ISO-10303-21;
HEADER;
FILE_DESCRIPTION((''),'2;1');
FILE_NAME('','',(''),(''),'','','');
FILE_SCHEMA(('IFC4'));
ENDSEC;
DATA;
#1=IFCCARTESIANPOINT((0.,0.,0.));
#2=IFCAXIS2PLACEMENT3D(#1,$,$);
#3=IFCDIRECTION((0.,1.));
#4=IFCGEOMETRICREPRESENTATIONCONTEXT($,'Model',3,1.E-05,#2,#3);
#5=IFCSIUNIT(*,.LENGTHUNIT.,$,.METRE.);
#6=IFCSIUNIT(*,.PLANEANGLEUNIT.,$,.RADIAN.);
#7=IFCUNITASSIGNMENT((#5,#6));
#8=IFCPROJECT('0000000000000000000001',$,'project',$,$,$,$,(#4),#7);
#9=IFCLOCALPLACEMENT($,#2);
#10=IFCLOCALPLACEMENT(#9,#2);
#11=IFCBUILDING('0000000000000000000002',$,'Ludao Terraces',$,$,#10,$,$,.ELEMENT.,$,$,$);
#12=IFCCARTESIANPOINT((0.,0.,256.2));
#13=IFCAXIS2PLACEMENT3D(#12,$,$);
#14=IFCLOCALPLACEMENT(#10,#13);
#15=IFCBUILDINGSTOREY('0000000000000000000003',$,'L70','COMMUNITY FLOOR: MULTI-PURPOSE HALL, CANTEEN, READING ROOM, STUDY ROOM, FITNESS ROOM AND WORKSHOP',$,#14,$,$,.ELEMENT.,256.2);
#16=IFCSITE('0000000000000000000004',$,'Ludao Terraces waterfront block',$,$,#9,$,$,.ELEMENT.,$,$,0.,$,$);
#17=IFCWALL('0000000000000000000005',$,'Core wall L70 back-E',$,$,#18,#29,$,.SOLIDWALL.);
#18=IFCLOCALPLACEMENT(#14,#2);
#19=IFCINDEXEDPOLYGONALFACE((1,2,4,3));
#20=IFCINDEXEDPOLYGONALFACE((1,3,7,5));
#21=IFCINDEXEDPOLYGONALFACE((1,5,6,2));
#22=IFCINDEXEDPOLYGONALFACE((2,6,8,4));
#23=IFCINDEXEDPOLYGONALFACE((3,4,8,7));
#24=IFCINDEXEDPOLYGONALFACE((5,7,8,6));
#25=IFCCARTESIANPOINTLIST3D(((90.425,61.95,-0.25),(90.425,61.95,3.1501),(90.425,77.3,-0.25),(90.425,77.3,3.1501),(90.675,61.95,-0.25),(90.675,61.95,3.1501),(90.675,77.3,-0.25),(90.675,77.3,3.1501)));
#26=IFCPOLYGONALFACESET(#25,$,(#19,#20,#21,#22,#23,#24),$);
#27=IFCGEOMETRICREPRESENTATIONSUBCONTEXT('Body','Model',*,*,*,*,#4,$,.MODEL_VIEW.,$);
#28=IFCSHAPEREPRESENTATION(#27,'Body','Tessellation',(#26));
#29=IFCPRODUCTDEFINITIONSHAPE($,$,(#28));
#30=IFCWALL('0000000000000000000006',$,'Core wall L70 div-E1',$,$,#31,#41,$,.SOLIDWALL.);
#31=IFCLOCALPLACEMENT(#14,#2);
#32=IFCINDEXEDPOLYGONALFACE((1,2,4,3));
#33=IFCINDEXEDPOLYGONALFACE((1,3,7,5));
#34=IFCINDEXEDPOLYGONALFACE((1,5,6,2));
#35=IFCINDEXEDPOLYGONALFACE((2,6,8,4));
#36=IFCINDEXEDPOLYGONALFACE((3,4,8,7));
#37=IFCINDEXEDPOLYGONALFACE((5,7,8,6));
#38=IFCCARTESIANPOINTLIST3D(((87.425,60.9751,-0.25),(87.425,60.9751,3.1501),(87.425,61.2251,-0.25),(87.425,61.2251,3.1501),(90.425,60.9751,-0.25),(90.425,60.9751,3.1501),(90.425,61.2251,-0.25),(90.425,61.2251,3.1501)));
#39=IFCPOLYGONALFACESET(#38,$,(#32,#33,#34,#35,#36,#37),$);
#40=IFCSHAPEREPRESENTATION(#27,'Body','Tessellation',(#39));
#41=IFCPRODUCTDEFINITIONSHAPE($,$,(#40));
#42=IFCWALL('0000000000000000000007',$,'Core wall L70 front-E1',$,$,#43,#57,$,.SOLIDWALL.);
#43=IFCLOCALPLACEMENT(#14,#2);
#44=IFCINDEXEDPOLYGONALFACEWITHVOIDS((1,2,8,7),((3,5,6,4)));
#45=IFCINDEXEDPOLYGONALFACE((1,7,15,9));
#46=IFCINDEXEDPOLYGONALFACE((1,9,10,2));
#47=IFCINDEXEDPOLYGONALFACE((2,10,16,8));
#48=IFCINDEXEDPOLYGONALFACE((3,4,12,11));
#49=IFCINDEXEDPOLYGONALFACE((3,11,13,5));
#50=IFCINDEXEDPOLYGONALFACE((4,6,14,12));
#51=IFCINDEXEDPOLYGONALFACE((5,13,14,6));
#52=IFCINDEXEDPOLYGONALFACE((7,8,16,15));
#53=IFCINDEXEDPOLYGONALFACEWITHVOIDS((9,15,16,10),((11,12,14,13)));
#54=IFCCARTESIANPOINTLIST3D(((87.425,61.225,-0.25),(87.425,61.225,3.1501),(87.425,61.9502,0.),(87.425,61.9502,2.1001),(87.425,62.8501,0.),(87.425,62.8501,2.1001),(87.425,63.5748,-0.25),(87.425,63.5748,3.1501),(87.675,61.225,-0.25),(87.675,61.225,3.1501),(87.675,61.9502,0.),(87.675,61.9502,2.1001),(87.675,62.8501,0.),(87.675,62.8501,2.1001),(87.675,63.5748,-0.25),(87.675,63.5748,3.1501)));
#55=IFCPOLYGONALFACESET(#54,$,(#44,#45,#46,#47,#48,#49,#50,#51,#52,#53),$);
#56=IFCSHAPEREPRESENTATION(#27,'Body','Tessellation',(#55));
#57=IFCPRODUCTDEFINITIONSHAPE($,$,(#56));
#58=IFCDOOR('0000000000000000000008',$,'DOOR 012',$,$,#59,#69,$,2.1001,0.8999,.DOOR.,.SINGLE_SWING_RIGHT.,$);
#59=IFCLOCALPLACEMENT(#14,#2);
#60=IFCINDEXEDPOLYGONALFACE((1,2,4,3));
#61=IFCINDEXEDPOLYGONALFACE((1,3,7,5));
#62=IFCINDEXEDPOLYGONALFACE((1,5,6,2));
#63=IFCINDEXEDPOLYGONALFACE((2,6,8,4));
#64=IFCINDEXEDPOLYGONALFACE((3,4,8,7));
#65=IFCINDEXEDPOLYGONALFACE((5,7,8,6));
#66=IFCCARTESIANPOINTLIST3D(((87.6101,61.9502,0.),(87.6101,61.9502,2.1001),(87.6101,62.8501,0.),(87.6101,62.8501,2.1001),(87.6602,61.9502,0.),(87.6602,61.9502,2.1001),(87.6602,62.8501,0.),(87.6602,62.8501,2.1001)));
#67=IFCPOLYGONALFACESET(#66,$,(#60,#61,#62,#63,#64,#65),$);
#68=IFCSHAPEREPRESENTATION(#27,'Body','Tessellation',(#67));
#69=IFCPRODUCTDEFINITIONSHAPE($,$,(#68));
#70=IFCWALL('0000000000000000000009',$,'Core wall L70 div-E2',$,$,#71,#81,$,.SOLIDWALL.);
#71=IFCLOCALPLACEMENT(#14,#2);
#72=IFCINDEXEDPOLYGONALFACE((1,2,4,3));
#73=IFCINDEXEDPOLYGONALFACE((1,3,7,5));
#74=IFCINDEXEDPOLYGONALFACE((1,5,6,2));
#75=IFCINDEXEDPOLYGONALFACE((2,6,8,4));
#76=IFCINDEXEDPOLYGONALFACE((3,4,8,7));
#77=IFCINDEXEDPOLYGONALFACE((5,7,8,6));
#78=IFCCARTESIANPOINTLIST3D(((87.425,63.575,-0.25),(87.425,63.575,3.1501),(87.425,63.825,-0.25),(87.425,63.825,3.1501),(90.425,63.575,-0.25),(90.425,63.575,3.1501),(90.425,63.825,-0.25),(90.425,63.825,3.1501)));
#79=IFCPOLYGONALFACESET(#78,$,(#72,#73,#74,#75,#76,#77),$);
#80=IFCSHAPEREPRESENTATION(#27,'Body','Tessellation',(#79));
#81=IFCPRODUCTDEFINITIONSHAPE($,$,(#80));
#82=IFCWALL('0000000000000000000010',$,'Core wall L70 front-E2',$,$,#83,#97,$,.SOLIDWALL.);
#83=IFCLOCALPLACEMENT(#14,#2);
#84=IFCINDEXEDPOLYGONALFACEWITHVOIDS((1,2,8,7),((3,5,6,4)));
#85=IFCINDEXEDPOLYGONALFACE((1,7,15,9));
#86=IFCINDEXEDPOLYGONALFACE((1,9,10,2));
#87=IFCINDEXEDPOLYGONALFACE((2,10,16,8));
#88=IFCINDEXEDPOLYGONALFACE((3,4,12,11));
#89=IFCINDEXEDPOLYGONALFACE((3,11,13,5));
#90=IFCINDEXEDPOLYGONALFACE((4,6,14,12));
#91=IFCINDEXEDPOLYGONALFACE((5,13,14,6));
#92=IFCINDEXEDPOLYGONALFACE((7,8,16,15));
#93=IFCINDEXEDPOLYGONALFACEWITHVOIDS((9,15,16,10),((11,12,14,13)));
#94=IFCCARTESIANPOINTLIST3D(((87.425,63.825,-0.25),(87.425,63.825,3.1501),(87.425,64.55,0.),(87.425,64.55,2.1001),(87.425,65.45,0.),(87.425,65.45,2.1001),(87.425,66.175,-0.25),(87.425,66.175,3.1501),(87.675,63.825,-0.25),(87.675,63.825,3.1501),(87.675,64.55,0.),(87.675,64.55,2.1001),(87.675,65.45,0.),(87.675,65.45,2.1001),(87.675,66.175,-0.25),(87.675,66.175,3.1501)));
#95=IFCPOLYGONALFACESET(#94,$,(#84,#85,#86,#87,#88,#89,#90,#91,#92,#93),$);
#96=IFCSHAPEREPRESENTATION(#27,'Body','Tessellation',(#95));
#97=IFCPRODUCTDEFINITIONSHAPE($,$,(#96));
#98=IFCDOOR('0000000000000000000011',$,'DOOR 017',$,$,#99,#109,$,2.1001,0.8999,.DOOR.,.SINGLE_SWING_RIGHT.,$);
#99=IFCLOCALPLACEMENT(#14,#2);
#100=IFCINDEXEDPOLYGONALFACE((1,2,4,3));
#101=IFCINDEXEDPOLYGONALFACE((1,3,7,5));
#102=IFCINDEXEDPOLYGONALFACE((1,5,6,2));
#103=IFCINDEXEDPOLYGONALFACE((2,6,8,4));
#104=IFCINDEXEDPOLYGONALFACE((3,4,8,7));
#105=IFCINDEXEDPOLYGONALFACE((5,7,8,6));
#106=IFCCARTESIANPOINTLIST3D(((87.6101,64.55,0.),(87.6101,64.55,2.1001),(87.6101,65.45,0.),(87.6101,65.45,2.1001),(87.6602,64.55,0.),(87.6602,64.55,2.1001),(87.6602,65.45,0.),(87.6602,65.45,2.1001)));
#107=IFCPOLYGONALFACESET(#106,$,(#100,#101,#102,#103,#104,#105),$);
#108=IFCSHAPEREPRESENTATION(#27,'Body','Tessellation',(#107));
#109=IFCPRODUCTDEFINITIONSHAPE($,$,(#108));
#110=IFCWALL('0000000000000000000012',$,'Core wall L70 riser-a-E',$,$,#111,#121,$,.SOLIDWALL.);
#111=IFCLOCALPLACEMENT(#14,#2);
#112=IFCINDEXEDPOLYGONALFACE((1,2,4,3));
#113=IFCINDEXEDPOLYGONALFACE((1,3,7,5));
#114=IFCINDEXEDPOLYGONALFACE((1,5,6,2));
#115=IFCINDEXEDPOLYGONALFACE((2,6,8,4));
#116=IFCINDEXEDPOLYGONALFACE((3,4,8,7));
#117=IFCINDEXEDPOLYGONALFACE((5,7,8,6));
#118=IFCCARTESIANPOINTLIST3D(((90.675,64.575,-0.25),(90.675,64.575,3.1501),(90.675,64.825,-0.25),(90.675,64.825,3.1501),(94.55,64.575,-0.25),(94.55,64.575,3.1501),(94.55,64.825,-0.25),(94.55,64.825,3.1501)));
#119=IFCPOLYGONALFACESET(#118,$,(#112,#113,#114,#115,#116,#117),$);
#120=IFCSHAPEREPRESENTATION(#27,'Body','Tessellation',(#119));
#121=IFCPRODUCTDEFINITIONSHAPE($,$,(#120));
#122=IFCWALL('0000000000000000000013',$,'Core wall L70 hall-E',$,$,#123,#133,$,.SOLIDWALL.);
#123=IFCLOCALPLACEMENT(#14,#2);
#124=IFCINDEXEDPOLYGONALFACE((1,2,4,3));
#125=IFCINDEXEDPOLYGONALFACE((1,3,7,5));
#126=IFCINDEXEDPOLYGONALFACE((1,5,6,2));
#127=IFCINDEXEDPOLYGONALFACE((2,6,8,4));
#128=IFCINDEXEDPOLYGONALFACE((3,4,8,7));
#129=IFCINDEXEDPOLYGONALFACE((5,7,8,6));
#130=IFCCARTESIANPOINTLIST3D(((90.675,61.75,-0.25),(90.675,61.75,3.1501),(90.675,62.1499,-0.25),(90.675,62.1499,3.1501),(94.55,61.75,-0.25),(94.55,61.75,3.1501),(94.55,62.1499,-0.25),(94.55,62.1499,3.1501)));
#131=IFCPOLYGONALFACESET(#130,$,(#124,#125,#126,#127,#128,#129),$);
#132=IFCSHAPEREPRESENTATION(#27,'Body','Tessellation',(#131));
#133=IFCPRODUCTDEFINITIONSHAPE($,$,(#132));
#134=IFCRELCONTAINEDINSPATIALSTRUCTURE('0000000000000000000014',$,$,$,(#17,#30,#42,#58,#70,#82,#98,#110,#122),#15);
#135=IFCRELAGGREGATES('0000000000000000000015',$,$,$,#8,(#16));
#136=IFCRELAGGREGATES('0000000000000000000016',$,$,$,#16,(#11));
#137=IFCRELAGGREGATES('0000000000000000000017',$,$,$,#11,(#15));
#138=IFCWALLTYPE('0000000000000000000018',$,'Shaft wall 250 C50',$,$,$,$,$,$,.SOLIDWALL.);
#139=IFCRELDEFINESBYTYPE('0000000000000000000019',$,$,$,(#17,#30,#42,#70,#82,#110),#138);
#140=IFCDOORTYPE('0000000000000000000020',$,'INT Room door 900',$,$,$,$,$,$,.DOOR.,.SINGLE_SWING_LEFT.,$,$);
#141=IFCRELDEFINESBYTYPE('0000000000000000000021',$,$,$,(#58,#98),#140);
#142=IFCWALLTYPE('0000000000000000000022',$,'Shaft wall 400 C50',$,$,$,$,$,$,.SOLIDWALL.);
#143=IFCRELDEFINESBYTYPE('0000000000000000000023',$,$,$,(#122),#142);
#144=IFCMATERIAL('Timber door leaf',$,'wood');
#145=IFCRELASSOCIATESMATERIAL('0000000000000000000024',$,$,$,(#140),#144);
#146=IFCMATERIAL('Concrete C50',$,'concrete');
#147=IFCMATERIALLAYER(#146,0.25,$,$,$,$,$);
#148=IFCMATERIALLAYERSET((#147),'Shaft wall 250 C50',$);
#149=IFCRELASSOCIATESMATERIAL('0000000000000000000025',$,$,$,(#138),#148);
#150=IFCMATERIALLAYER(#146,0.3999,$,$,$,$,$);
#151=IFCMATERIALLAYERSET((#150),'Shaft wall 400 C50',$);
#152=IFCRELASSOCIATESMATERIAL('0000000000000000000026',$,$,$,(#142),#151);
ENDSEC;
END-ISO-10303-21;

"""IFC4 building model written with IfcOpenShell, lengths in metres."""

from ifc_helpers import new_model, si_unit, direction, frame, frame_2d, origin, place, context, subcontext, project, spatial, rectangle, extrude, material, layer, layer_set, type_object, element, fill, save


model = new_model("IFC4")

# Units and contexts
model_context = context("Model", 3, precision=1e-05, world=origin(), true_north=direction((0.0, 1.0)))
body_context = subcontext(model_context, "Body", "Model", "MODEL_VIEW")
ifc_project = project(units=[si_unit("LENGTHUNIT", "METRE"), si_unit("PLANEANGLEUNIT", "RADIAN")], contexts=[model_context])

# Site, building, storey
site_placement = place(None, origin())
site = spatial("IfcSite", under=ifc_project, at=site_placement, Name="Ludao Terraces waterfront block", CompositionType="ELEMENT", RefElevation=0.0)
building_placement = place(site_placement, origin())
building = spatial("IfcBuilding", under=site, at=building_placement, Name="Ludao Terraces", CompositionType="ELEMENT")
storey_placement = place(building_placement, frame((0.0, 0.0, 256.2)))
storey = spatial("IfcBuildingStorey", under=building, at=storey_placement, Name="L70", Description="COMMUNITY FLOOR: MULTI-PURPOSE HALL, CANTEEN, READING ROOM, STUDY ROOM, FITNESS ROOM AND WORKSHOP", CompositionType="ELEMENT", Elevation=256.2)

# Shared definitions
ifc_material_1 = material(Name="Concrete C50", Category="concrete")
ifc_material_2 = material(Name="Timber door leaf", Category="wood")
door_type_1 = type_object("IfcDoorType", Name="INT Room door 900", OperationType="SINGLE_SWING_LEFT", PredefinedType="DOOR", material=ifc_material_2)

# Walls
ifc_layer_1 = layer(ifc_material_1, 0.25)
ifc_layer_set_1 = layer_set([ifc_layer_1], Name="Shaft wall 250 C50")
wall_type_1 = type_object("IfcWallType", Name="Shaft wall 250 C50", PredefinedType="SOLIDWALL", material=ifc_layer_set_1)
wall_1_placement = place(storey_placement, frame((90.55, 61.95, -0.25), z_axis=(0.0, 0.0, 1.0), x_axis=(0.0, 1.0, 0.0)))
element("IfcWall", 1, at=wall_1_placement, inside=storey, type_object=wall_type_1, Name="Core wall L70 back-E", PredefinedType="SOLIDWALL", context=body_context, shape_type="SweptSolid", body=[
    extrude(rectangle(XDim=15.3501, YDim=0.25, at=frame_2d((7.675, 0.0))), origin(), (0.0, 0.0, 1.0), 3.4001),
])
wall_2_placement = place(storey_placement, frame((87.425, 61.1001, -0.25), z_axis=(0.0, 0.0, 1.0), x_axis=(1.0, 0.0, 0.0)))
element("IfcWall", 2, at=wall_2_placement, inside=storey, type_object=wall_type_1, Name="Core wall L70 div-E1", PredefinedType="SOLIDWALL", context=body_context, shape_type="SweptSolid", body=[
    extrude(rectangle(XDim=3.0, YDim=0.25, at=frame_2d((1.5, 0.0))), origin(), (0.0, 0.0, 1.0), 3.4001),
])

# Wall, opening, door
wall_3_placement = place(storey_placement, frame((87.55, 61.2251, -0.25), z_axis=(0.0, 0.0, 1.0), x_axis=(0.0, 1.0, 0.0)))
wall_3 = element("IfcWall", 3, at=wall_3_placement, inside=storey, type_object=wall_type_1, Name="Core wall L70 front-E1", PredefinedType="SOLIDWALL", context=body_context, shape_type="SweptSolid", body=[
    extrude(rectangle(XDim=2.3499, YDim=0.25, at=frame_2d((1.1748, 0.0))), origin(), (0.0, 0.0, 1.0), 3.4001),
])
opening_1_placement = place(wall_3_placement, frame((0.7251, 0.0, 0.25)))
opening_1 = element("IfcOpeningElement", 4, at=opening_1_placement, cuts=wall_3, PredefinedType="OPENING", context=body_context, shape_type="SweptSolid", body=[
    extrude(rectangle(XDim=0.8999, YDim=2.1001, at=frame_2d((0.45, 1.05))), frame((0.0, 0.135, 0.0), z_axis=(0.0, -1.0, 0.0), x_axis=(1.0, 0.0, 0.0)), (0.0, 0.0, 1.0), 0.27),
])
door_1_placement = place(opening_1_placement, origin())
door_1 = element("IfcDoor", 5, at=door_1_placement, inside=storey, type_object=door_type_1, Name="DOOR 012", OperationType="SINGLE_SWING_RIGHT", OverallHeight=2.1001, OverallWidth=0.8999, PredefinedType="DOOR", context=body_context, shape_type="SweptSolid", body=[
    extrude(rectangle(XDim=0.8999, YDim=2.1001, at=frame_2d((0.45, 1.05))), frame((0.0, -0.0601, 0.0), z_axis=(0.0, -1.0, 0.0), x_axis=(1.0, 0.0, 0.0)), (0.0, 0.0, 1.0), 0.05),
])
fill(opening_1, door_1)

# Wall
wall_4_placement = place(storey_placement, frame((87.425, 63.7, -0.25), z_axis=(0.0, 0.0, 1.0), x_axis=(1.0, 0.0, 0.0)))
element("IfcWall", 6, at=wall_4_placement, inside=storey, type_object=wall_type_1, Name="Core wall L70 div-E2", PredefinedType="SOLIDWALL", context=body_context, shape_type="SweptSolid", body=[
    extrude(rectangle(XDim=3.0, YDim=0.25, at=frame_2d((1.5, 0.0))), origin(), (0.0, 0.0, 1.0), 3.4001),
])

# Wall, opening, door
wall_5_placement = place(storey_placement, frame((87.55, 63.825, -0.25), z_axis=(0.0, 0.0, 1.0), x_axis=(0.0, 1.0, 0.0)))
wall_5 = element("IfcWall", 7, at=wall_5_placement, inside=storey, type_object=wall_type_1, Name="Core wall L70 front-E2", PredefinedType="SOLIDWALL", context=body_context, shape_type="SweptSolid", body=[
    extrude(rectangle(XDim=2.3501, YDim=0.25, at=frame_2d((1.175, 0.0))), origin(), (0.0, 0.0, 1.0), 3.4001),
])
opening_2_placement = place(wall_5_placement, frame((0.7251, 0.0, 0.25)))
opening_2 = element("IfcOpeningElement", 8, at=opening_2_placement, cuts=wall_5, PredefinedType="OPENING", context=body_context, shape_type="SweptSolid", body=[
    extrude(rectangle(XDim=0.8999, YDim=2.1001, at=frame_2d((0.45, 1.05))), frame((0.0, 0.135, 0.0), z_axis=(0.0, -1.0, 0.0), x_axis=(1.0, 0.0, 0.0)), (0.0, 0.0, 1.0), 0.27),
])
door_2_placement = place(opening_2_placement, origin())
door_2 = element("IfcDoor", 9, at=door_2_placement, inside=storey, type_object=door_type_1, Name="DOOR 017", OperationType="SINGLE_SWING_RIGHT", OverallHeight=2.1001, OverallWidth=0.8999, PredefinedType="DOOR", context=body_context, shape_type="SweptSolid", body=[
    extrude(rectangle(XDim=0.8999, YDim=2.1001, at=frame_2d((0.45, 1.05))), frame((0.0, -0.0601, 0.0), z_axis=(0.0, -1.0, 0.0), x_axis=(1.0, 0.0, 0.0)), (0.0, 0.0, 1.0), 0.05),
])
fill(opening_2, door_2)

# Walls
wall_6_placement = place(storey_placement, frame((90.675, 64.7, -0.25), z_axis=(0.0, 0.0, 1.0), x_axis=(1.0, 0.0, 0.0)))
element("IfcWall", 10, at=wall_6_placement, inside=storey, type_object=wall_type_1, Name="Core wall L70 riser-a-E", PredefinedType="SOLIDWALL", context=body_context, shape_type="SweptSolid", body=[
    extrude(rectangle(XDim=3.875, YDim=0.25, at=frame_2d((1.9375, 0.0))), origin(), (0.0, 0.0, 1.0), 3.4001),
])
ifc_layer_2 = layer(ifc_material_1, 0.3999)
ifc_layer_set_2 = layer_set([ifc_layer_2], Name="Shaft wall 400 C50")
wall_type_2 = type_object("IfcWallType", Name="Shaft wall 400 C50", PredefinedType="SOLIDWALL", material=ifc_layer_set_2)
wall_7_placement = place(storey_placement, frame((90.675, 61.95, -0.25), z_axis=(0.0, 0.0, 1.0), x_axis=(1.0, 0.0, 0.0)))
element("IfcWall", 11, at=wall_7_placement, inside=storey, type_object=wall_type_2, Name="Core wall L70 hall-E", PredefinedType="SOLIDWALL", context=body_context, shape_type="SweptSolid", body=[
    extrude(rectangle(XDim=3.875, YDim=0.3999, at=frame_2d((1.9375, 0.0))), origin(), (0.0, 0.0, 1.0), 3.4001),
])

save(model, "model.ifc")
